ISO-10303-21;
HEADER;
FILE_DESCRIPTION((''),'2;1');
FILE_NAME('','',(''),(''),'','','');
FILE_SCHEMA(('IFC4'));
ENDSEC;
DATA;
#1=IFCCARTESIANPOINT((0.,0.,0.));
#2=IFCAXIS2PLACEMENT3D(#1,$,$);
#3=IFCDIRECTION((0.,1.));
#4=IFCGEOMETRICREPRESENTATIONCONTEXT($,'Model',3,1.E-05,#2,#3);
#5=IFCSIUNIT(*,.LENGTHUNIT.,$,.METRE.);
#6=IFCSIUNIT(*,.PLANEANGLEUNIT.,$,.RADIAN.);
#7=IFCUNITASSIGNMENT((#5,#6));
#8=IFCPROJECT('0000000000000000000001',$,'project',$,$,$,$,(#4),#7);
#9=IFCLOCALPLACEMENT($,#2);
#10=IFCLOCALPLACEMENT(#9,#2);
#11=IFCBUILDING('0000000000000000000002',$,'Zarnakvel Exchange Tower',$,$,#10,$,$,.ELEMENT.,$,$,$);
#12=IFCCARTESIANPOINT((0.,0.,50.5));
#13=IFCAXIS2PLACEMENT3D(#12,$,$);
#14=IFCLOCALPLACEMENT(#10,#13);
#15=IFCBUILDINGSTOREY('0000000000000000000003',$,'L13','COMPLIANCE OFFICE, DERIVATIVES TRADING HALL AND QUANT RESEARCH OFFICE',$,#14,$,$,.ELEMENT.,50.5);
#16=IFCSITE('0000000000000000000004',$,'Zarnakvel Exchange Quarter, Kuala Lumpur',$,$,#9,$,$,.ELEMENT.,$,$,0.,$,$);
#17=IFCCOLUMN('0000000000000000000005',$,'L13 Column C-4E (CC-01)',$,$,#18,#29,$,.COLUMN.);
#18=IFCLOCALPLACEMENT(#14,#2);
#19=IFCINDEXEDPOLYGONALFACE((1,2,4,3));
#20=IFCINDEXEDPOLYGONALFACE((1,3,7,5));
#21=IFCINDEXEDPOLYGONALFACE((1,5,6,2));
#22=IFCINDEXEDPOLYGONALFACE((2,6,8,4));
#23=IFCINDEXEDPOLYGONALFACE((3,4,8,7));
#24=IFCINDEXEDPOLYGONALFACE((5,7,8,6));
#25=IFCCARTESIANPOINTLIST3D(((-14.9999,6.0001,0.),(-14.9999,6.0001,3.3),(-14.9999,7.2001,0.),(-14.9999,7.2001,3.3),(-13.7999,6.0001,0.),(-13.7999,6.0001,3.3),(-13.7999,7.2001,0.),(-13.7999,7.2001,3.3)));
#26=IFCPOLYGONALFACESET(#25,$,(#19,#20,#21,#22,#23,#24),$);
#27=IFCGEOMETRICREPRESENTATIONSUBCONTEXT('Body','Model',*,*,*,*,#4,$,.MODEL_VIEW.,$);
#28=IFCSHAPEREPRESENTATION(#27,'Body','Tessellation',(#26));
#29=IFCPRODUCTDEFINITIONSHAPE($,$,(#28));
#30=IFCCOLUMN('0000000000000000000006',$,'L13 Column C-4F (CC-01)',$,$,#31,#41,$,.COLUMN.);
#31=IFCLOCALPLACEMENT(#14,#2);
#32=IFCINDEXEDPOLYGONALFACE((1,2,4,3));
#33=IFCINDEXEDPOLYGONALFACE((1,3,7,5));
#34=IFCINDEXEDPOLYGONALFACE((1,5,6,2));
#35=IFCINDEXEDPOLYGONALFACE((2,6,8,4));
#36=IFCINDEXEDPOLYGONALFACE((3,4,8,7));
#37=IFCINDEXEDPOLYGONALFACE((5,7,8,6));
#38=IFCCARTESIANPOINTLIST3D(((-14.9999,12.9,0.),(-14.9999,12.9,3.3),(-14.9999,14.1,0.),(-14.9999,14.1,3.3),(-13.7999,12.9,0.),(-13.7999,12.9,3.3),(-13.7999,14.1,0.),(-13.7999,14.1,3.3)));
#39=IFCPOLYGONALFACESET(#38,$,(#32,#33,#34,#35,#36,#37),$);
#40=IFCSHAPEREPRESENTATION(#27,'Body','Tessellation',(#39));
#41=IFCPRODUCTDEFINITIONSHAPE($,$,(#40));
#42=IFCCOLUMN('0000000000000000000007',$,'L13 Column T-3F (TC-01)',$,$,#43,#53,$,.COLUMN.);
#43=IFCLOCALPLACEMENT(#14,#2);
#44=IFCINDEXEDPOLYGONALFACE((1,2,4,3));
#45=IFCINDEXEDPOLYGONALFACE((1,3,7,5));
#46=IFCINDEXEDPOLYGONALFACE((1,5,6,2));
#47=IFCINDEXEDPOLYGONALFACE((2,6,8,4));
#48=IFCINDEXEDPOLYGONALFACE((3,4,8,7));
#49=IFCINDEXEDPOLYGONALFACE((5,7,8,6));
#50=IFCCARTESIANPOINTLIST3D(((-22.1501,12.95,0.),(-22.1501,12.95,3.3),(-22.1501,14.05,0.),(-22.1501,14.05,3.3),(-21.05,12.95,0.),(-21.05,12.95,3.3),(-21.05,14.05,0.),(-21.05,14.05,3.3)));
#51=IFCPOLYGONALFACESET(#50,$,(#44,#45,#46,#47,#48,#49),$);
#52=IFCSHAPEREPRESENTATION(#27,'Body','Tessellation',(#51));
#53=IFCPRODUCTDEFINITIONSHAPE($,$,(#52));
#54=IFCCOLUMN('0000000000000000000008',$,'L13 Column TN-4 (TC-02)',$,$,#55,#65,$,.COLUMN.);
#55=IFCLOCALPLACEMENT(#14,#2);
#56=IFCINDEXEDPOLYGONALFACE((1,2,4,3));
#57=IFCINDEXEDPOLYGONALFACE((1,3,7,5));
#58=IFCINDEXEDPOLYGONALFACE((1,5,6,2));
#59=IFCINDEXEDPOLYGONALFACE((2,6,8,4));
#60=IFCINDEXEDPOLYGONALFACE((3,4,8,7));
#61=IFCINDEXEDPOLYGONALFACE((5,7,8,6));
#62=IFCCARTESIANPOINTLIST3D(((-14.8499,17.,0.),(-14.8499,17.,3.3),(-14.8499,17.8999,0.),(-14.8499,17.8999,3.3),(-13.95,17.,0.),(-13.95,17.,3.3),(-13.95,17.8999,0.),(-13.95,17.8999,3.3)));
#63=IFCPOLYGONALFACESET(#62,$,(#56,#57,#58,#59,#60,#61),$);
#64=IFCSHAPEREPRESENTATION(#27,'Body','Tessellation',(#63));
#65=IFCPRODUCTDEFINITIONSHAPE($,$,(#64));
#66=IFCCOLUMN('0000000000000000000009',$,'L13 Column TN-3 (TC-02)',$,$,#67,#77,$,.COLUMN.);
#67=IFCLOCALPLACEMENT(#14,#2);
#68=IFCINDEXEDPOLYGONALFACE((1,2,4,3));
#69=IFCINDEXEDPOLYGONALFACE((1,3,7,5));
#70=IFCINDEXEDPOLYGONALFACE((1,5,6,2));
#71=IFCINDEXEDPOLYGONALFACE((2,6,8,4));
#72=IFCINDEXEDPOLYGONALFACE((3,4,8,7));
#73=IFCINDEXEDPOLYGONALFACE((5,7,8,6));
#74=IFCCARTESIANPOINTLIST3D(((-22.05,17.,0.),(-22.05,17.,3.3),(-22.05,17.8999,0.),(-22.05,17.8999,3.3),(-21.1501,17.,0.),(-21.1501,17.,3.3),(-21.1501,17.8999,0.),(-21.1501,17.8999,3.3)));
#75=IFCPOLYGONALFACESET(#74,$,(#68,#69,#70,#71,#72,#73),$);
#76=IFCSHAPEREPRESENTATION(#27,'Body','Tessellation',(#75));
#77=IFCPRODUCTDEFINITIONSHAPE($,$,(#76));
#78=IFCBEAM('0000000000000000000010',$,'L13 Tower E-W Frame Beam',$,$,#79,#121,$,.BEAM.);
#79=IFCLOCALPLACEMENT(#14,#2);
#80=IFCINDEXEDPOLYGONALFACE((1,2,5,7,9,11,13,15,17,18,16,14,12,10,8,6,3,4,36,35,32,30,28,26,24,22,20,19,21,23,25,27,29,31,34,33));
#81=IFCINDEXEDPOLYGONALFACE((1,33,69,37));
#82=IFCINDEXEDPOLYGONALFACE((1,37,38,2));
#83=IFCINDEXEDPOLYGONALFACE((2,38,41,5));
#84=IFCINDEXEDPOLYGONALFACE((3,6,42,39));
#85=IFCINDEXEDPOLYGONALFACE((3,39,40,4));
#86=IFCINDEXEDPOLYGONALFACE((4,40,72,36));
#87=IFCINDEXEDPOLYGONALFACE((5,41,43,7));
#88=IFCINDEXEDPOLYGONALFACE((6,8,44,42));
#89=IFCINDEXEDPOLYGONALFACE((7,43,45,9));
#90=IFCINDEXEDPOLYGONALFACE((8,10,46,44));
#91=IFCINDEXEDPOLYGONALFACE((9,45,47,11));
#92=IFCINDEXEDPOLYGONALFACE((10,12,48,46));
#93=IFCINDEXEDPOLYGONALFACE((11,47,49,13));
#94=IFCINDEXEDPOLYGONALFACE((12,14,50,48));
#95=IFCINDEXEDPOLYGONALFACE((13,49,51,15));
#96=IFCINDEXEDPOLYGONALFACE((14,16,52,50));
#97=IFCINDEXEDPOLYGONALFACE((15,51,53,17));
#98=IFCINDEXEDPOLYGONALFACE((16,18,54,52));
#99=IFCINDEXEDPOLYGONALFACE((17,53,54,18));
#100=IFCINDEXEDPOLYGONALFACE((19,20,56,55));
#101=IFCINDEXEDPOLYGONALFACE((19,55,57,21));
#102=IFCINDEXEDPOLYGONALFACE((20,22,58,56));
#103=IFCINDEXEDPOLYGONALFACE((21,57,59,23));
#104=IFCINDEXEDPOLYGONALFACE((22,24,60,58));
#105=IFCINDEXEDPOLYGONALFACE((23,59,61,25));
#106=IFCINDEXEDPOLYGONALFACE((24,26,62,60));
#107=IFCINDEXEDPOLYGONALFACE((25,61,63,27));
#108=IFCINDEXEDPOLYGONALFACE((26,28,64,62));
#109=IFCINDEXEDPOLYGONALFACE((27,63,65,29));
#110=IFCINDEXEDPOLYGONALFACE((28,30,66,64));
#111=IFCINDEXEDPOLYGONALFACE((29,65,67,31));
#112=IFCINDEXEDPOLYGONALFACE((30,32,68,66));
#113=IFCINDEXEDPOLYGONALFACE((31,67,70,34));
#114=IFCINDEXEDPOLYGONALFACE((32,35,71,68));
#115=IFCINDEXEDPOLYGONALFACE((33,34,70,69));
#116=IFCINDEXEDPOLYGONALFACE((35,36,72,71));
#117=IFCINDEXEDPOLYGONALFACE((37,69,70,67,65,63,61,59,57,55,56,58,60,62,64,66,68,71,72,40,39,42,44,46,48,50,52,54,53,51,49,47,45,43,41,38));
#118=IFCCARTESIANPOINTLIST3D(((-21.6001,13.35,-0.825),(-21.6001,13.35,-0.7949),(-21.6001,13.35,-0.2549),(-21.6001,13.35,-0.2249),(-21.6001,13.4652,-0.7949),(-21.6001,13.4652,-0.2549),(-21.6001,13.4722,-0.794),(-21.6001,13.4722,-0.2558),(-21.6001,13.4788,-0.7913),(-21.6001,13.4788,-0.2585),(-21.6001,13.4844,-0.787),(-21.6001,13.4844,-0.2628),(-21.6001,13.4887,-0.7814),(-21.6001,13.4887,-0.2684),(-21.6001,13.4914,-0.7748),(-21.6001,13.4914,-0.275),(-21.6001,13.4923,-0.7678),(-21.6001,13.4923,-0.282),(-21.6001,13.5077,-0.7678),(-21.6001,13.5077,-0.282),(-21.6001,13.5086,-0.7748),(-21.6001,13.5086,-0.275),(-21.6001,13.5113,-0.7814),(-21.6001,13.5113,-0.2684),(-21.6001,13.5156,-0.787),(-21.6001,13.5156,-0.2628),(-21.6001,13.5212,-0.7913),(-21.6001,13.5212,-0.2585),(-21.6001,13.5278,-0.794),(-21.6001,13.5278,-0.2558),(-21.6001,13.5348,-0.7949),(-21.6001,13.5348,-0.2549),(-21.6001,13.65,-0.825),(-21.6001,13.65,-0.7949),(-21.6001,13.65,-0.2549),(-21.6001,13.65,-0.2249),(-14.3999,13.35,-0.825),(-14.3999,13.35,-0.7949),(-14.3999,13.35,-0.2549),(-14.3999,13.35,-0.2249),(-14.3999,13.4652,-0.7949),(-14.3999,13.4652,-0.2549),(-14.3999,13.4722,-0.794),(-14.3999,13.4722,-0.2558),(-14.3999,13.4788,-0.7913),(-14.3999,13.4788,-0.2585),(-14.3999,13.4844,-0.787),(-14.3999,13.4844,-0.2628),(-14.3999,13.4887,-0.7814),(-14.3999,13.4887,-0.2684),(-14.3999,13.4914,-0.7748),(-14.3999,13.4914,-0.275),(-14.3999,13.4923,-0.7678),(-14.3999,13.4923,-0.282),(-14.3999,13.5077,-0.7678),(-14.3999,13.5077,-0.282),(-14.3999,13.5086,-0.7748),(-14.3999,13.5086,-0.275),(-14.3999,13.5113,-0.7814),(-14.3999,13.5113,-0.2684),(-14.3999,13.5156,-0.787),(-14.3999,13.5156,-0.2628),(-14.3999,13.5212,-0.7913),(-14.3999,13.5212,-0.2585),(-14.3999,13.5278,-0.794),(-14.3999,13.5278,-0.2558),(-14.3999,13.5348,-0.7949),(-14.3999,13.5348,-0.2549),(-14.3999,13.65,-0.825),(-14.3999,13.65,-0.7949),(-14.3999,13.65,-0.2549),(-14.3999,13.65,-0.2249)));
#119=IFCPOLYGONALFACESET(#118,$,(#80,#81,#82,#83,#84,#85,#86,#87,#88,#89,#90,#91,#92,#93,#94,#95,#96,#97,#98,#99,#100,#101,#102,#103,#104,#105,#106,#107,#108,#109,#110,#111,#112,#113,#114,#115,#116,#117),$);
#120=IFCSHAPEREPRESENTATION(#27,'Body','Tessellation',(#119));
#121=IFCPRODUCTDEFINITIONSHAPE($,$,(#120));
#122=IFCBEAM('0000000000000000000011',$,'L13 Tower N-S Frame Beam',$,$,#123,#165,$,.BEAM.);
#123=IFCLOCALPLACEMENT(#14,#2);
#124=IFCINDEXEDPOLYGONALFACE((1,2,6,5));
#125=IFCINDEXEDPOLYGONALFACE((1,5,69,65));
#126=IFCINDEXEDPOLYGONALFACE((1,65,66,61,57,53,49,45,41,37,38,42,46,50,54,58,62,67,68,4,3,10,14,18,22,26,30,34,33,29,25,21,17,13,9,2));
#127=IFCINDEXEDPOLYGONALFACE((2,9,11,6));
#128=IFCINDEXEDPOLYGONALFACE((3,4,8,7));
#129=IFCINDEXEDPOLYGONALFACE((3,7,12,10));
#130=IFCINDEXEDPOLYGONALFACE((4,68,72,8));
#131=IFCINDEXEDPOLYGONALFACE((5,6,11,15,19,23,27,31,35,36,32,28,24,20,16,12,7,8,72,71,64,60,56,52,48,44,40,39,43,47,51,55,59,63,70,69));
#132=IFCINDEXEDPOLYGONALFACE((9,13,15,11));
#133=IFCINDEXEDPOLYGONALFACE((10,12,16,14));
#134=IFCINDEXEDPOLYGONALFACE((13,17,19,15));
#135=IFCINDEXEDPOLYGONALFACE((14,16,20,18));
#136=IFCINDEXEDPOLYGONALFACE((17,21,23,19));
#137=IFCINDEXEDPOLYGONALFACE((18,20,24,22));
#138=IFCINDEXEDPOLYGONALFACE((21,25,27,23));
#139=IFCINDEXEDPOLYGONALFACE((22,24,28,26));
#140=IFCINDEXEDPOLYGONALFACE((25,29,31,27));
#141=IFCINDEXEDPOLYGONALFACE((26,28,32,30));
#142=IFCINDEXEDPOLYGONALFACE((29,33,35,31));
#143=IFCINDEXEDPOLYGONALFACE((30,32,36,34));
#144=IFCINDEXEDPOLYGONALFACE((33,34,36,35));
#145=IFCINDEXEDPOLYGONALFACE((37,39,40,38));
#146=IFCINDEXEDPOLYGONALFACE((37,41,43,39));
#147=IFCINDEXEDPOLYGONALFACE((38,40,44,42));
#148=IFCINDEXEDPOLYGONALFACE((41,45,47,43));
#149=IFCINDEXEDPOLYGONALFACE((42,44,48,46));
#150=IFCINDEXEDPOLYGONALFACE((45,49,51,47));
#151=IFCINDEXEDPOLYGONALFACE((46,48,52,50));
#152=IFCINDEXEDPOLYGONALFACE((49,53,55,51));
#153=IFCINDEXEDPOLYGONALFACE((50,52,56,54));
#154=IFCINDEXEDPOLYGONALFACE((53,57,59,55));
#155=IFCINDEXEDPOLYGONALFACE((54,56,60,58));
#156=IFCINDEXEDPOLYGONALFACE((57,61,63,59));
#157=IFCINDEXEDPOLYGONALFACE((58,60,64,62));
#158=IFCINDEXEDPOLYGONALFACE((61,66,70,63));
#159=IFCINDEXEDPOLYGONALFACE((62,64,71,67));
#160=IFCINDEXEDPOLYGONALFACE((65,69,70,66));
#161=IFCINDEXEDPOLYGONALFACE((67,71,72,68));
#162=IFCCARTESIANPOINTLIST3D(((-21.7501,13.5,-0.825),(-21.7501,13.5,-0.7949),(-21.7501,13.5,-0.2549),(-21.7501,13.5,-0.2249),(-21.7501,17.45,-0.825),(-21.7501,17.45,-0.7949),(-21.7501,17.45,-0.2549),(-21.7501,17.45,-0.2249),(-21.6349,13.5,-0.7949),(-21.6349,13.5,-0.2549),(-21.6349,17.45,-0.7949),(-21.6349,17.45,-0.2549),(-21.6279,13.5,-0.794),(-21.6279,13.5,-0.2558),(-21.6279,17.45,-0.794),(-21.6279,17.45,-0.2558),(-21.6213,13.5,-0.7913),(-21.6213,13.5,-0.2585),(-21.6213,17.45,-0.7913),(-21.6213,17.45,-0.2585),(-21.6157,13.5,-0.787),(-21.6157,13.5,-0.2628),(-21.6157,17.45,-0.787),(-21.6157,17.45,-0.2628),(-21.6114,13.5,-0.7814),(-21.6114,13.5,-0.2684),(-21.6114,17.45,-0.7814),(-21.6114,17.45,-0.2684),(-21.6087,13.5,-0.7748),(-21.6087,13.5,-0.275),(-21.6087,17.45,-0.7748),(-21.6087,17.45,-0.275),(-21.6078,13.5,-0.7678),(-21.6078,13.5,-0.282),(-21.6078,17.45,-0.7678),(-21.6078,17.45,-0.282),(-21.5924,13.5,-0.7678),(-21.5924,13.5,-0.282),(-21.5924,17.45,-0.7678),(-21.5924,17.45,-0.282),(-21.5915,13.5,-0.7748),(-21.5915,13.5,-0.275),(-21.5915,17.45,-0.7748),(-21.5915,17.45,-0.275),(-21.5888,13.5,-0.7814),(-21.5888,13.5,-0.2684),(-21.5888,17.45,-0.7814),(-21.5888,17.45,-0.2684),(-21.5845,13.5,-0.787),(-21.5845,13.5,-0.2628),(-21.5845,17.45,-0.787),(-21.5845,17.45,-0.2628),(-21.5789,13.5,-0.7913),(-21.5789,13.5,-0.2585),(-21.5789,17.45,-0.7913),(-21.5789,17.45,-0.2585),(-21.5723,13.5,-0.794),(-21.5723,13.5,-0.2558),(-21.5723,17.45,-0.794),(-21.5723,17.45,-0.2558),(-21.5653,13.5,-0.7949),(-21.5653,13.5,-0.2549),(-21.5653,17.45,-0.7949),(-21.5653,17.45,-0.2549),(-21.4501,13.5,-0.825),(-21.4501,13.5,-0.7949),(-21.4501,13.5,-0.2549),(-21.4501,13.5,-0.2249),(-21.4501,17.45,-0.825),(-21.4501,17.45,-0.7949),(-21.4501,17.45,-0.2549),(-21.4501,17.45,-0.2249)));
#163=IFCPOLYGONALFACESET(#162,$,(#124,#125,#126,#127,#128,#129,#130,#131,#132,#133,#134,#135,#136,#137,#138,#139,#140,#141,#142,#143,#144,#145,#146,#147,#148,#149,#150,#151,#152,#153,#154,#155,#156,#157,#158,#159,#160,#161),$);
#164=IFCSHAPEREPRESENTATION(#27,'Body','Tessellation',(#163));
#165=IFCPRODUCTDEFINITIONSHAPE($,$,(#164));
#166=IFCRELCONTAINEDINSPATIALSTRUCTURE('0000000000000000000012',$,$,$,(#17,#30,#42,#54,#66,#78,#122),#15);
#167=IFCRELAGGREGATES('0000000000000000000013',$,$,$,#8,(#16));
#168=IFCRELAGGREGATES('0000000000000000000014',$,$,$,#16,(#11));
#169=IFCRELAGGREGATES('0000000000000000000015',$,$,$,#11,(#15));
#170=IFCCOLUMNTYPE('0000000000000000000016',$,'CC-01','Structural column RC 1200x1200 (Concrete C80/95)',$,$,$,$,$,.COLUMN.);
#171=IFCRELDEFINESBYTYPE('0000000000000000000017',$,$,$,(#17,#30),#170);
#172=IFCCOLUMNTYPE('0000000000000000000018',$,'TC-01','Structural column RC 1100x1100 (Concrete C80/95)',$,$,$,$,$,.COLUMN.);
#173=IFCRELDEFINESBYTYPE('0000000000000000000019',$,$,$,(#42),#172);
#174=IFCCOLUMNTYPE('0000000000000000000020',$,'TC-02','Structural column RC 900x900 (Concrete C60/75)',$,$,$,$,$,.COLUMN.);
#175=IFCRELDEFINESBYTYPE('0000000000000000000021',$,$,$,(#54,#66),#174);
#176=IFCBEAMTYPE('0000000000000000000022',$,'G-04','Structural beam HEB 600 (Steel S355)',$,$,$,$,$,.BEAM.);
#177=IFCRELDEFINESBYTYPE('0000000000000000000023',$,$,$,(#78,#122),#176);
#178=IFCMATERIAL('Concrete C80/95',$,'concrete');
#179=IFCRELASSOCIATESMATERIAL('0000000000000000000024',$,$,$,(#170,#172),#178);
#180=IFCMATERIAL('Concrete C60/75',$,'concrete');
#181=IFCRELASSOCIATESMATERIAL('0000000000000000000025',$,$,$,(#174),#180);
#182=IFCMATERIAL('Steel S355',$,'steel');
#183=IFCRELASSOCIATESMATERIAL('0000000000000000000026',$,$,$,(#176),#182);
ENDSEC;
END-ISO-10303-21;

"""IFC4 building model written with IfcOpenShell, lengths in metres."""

from ifc_helpers import new_model, si_unit, direction, frame, origin, origin_2d, place, context, subcontext, project, spatial, rectangle, i_section, extrude, material, material_profile, profile_set, type_object, element, save


model = new_model("IFC4")

# Units and contexts
model_context = context("Model", 3, precision=1e-05, world=origin(), true_north=direction((0.0, 1.0)))
body_context = subcontext(model_context, "Body", "Model", "MODEL_VIEW")
ifc_project = project(units=[si_unit("LENGTHUNIT", "METRE"), si_unit("PLANEANGLEUNIT", "RADIAN")], contexts=[model_context])

# Site, building, storey
site_placement = place(None, origin())
site = spatial("IfcSite", under=ifc_project, at=site_placement, Name="Zarnakvel Exchange Quarter, Kuala Lumpur", CompositionType="ELEMENT", RefElevation=0.0)
building_placement = place(site_placement, origin())
building = spatial("IfcBuilding", under=site, at=building_placement, Name="Zarnakvel Exchange Tower", CompositionType="ELEMENT")
storey_placement = place(building_placement, frame((0.0, 0.0, 50.5)))
storey = spatial("IfcBuildingStorey", under=building, at=storey_placement, Name="L13", Description="COMPLIANCE OFFICE, DERIVATIVES TRADING HALL AND QUANT RESEARCH OFFICE", CompositionType="ELEMENT", Elevation=50.5)

# Columns
ifc_material_1 = material(Name="Concrete C80/95", Category="concrete")
ifc_material_profile_1 = material_profile(ifc_material_1, rectangle(XDim=1.2, YDim=1.2, at=origin_2d()))
ifc_profile_set_1 = profile_set([ifc_material_profile_1], Name="Concrete C80/95")
column_type_1 = type_object("IfcColumnType", Name="CC-01", Description="Structural column RC 1200x1200 (Concrete C80/95)", PredefinedType="COLUMN", material=ifc_profile_set_1)
for number, where, z_axis, x_axis, name in (
    (1, (-14.3999, 6.6001, 0.0), (0.0, 0.0, 1.0), (1.0, 0.0, 0.0), "L13 Column C-4E (CC-01)"),
    (2, (-14.3999, 13.5, 0.0), (0.0, 0.0, 1.0), (1.0, 0.0, 0.0), "L13 Column C-4F (CC-01)"),
):
    element("IfcColumn", number, at=place(storey_placement, frame(where, z_axis=z_axis, x_axis=x_axis)), inside=storey, type_object=column_type_1, Name=name, PredefinedType="COLUMN", context=body_context, shape_type="SweptSolid", body=[
        extrude(rectangle(XDim=1.2, YDim=1.2, at=origin_2d()), origin(), (0.0, 0.0, 1.0), 3.3),
    ])
ifc_material_profile_2 = material_profile(ifc_material_1, rectangle(XDim=1.1001, YDim=1.1001, at=origin_2d()))
ifc_profile_set_2 = profile_set([ifc_material_profile_2], Name="Concrete C80/95")
column_type_2 = type_object("IfcColumnType", Name="TC-01", Description="Structural column RC 1100x1100 (Concrete C80/95)", PredefinedType="COLUMN", material=ifc_profile_set_2)
column_placement = place(storey_placement, frame((-21.6001, 13.5, 0.0), z_axis=(0.0, 0.0, 1.0), x_axis=(1.0, 0.0, 0.0)))
element("IfcColumn", 3, at=column_placement, inside=storey, type_object=column_type_2, Name="L13 Column T-3F (TC-01)", PredefinedType="COLUMN", context=body_context, shape_type="SweptSolid", body=[
    extrude(rectangle(XDim=1.1001, YDim=1.1001, at=origin_2d()), origin(), (0.0, 0.0, 1.0), 3.3),
])
ifc_material_2 = material(Name="Concrete C60/75", Category="concrete")
ifc_material_profile_3 = material_profile(ifc_material_2, rectangle(XDim=0.8999, YDim=0.8999, at=origin_2d()))
ifc_profile_set_3 = profile_set([ifc_material_profile_3], Name="Concrete C60/75")
column_type_3 = type_object("IfcColumnType", Name="TC-02", Description="Structural column RC 900x900 (Concrete C60/75)", PredefinedType="COLUMN", material=ifc_profile_set_3)
for number, where, z_axis, x_axis, name in (
    (4, (-14.3999, 17.45, 0.0), (0.0, 0.0, 1.0), (1.0, 0.0, 0.0), "L13 Column TN-4 (TC-02)"),
    (5, (-21.6001, 17.45, 0.0), (0.0, 0.0, 1.0), (1.0, 0.0, 0.0), "L13 Column TN-3 (TC-02)"),
):
    element("IfcColumn", number, at=place(storey_placement, frame(where, z_axis=z_axis, x_axis=x_axis)), inside=storey, type_object=column_type_3, Name=name, PredefinedType="COLUMN", context=body_context, shape_type="SweptSolid", body=[
        extrude(rectangle(XDim=0.8999, YDim=0.8999, at=origin_2d()), origin(), (0.0, 0.0, 1.0), 3.3),
    ])

# Beams
ifc_material_3 = material(Name="Steel S355", Category="steel")
ifc_material_profile_4 = material_profile(ifc_material_3, i_section(OverallWidth=0.3, OverallDepth=0.6001, WebThickness=0.0154, FlangeThickness=0.03, FilletRadius=0.0271, at=origin_2d()))
ifc_profile_set_4 = profile_set([ifc_material_profile_4], Name="Steel S355")
beam_type_1 = type_object("IfcBeamType", Name="G-04", Description="Structural beam HEB 600 (Steel S355)", PredefinedType="BEAM", material=ifc_profile_set_4)
beam_1_placement = place(storey_placement, frame((-21.6001, 13.5, -0.5249), z_axis=(1.0, 0.0, 0.0), x_axis=(0.0, 1.0, 0.0)))
element("IfcBeam", 6, at=beam_1_placement, inside=storey, type_object=beam_type_1, Name="L13 Tower E-W Frame Beam", PredefinedType="BEAM", context=body_context, shape_type="SweptSolid", body=[
    extrude(i_section(OverallWidth=0.3, OverallDepth=0.6001, WebThickness=0.0154, FlangeThickness=0.03, FilletRadius=0.0271, at=origin_2d()), origin(), (0.0, 0.0, 1.0), 7.2002),
])
for number, where, z_axis, x_axis, name in (
    (7, (-21.6001, 13.5, -0.5249), (0.0, 1.0, 0.0), (-1.0, 0.0, 0.0), "L13 Tower N-S Frame Beam"),
):
    element("IfcBeam", number, at=place(storey_placement, frame(where, z_axis=z_axis, x_axis=x_axis)), inside=storey, type_object=beam_type_1, Name=name, PredefinedType="BEAM", context=body_context, shape_type="SweptSolid", body=[
        extrude(i_section(OverallWidth=0.3, OverallDepth=0.6001, WebThickness=0.0154, FlangeThickness=0.03, FilletRadius=0.0271, at=origin_2d()), origin(), (0.0, 0.0, 1.0), 3.95),
    ])

save(model, "model.ifc")
